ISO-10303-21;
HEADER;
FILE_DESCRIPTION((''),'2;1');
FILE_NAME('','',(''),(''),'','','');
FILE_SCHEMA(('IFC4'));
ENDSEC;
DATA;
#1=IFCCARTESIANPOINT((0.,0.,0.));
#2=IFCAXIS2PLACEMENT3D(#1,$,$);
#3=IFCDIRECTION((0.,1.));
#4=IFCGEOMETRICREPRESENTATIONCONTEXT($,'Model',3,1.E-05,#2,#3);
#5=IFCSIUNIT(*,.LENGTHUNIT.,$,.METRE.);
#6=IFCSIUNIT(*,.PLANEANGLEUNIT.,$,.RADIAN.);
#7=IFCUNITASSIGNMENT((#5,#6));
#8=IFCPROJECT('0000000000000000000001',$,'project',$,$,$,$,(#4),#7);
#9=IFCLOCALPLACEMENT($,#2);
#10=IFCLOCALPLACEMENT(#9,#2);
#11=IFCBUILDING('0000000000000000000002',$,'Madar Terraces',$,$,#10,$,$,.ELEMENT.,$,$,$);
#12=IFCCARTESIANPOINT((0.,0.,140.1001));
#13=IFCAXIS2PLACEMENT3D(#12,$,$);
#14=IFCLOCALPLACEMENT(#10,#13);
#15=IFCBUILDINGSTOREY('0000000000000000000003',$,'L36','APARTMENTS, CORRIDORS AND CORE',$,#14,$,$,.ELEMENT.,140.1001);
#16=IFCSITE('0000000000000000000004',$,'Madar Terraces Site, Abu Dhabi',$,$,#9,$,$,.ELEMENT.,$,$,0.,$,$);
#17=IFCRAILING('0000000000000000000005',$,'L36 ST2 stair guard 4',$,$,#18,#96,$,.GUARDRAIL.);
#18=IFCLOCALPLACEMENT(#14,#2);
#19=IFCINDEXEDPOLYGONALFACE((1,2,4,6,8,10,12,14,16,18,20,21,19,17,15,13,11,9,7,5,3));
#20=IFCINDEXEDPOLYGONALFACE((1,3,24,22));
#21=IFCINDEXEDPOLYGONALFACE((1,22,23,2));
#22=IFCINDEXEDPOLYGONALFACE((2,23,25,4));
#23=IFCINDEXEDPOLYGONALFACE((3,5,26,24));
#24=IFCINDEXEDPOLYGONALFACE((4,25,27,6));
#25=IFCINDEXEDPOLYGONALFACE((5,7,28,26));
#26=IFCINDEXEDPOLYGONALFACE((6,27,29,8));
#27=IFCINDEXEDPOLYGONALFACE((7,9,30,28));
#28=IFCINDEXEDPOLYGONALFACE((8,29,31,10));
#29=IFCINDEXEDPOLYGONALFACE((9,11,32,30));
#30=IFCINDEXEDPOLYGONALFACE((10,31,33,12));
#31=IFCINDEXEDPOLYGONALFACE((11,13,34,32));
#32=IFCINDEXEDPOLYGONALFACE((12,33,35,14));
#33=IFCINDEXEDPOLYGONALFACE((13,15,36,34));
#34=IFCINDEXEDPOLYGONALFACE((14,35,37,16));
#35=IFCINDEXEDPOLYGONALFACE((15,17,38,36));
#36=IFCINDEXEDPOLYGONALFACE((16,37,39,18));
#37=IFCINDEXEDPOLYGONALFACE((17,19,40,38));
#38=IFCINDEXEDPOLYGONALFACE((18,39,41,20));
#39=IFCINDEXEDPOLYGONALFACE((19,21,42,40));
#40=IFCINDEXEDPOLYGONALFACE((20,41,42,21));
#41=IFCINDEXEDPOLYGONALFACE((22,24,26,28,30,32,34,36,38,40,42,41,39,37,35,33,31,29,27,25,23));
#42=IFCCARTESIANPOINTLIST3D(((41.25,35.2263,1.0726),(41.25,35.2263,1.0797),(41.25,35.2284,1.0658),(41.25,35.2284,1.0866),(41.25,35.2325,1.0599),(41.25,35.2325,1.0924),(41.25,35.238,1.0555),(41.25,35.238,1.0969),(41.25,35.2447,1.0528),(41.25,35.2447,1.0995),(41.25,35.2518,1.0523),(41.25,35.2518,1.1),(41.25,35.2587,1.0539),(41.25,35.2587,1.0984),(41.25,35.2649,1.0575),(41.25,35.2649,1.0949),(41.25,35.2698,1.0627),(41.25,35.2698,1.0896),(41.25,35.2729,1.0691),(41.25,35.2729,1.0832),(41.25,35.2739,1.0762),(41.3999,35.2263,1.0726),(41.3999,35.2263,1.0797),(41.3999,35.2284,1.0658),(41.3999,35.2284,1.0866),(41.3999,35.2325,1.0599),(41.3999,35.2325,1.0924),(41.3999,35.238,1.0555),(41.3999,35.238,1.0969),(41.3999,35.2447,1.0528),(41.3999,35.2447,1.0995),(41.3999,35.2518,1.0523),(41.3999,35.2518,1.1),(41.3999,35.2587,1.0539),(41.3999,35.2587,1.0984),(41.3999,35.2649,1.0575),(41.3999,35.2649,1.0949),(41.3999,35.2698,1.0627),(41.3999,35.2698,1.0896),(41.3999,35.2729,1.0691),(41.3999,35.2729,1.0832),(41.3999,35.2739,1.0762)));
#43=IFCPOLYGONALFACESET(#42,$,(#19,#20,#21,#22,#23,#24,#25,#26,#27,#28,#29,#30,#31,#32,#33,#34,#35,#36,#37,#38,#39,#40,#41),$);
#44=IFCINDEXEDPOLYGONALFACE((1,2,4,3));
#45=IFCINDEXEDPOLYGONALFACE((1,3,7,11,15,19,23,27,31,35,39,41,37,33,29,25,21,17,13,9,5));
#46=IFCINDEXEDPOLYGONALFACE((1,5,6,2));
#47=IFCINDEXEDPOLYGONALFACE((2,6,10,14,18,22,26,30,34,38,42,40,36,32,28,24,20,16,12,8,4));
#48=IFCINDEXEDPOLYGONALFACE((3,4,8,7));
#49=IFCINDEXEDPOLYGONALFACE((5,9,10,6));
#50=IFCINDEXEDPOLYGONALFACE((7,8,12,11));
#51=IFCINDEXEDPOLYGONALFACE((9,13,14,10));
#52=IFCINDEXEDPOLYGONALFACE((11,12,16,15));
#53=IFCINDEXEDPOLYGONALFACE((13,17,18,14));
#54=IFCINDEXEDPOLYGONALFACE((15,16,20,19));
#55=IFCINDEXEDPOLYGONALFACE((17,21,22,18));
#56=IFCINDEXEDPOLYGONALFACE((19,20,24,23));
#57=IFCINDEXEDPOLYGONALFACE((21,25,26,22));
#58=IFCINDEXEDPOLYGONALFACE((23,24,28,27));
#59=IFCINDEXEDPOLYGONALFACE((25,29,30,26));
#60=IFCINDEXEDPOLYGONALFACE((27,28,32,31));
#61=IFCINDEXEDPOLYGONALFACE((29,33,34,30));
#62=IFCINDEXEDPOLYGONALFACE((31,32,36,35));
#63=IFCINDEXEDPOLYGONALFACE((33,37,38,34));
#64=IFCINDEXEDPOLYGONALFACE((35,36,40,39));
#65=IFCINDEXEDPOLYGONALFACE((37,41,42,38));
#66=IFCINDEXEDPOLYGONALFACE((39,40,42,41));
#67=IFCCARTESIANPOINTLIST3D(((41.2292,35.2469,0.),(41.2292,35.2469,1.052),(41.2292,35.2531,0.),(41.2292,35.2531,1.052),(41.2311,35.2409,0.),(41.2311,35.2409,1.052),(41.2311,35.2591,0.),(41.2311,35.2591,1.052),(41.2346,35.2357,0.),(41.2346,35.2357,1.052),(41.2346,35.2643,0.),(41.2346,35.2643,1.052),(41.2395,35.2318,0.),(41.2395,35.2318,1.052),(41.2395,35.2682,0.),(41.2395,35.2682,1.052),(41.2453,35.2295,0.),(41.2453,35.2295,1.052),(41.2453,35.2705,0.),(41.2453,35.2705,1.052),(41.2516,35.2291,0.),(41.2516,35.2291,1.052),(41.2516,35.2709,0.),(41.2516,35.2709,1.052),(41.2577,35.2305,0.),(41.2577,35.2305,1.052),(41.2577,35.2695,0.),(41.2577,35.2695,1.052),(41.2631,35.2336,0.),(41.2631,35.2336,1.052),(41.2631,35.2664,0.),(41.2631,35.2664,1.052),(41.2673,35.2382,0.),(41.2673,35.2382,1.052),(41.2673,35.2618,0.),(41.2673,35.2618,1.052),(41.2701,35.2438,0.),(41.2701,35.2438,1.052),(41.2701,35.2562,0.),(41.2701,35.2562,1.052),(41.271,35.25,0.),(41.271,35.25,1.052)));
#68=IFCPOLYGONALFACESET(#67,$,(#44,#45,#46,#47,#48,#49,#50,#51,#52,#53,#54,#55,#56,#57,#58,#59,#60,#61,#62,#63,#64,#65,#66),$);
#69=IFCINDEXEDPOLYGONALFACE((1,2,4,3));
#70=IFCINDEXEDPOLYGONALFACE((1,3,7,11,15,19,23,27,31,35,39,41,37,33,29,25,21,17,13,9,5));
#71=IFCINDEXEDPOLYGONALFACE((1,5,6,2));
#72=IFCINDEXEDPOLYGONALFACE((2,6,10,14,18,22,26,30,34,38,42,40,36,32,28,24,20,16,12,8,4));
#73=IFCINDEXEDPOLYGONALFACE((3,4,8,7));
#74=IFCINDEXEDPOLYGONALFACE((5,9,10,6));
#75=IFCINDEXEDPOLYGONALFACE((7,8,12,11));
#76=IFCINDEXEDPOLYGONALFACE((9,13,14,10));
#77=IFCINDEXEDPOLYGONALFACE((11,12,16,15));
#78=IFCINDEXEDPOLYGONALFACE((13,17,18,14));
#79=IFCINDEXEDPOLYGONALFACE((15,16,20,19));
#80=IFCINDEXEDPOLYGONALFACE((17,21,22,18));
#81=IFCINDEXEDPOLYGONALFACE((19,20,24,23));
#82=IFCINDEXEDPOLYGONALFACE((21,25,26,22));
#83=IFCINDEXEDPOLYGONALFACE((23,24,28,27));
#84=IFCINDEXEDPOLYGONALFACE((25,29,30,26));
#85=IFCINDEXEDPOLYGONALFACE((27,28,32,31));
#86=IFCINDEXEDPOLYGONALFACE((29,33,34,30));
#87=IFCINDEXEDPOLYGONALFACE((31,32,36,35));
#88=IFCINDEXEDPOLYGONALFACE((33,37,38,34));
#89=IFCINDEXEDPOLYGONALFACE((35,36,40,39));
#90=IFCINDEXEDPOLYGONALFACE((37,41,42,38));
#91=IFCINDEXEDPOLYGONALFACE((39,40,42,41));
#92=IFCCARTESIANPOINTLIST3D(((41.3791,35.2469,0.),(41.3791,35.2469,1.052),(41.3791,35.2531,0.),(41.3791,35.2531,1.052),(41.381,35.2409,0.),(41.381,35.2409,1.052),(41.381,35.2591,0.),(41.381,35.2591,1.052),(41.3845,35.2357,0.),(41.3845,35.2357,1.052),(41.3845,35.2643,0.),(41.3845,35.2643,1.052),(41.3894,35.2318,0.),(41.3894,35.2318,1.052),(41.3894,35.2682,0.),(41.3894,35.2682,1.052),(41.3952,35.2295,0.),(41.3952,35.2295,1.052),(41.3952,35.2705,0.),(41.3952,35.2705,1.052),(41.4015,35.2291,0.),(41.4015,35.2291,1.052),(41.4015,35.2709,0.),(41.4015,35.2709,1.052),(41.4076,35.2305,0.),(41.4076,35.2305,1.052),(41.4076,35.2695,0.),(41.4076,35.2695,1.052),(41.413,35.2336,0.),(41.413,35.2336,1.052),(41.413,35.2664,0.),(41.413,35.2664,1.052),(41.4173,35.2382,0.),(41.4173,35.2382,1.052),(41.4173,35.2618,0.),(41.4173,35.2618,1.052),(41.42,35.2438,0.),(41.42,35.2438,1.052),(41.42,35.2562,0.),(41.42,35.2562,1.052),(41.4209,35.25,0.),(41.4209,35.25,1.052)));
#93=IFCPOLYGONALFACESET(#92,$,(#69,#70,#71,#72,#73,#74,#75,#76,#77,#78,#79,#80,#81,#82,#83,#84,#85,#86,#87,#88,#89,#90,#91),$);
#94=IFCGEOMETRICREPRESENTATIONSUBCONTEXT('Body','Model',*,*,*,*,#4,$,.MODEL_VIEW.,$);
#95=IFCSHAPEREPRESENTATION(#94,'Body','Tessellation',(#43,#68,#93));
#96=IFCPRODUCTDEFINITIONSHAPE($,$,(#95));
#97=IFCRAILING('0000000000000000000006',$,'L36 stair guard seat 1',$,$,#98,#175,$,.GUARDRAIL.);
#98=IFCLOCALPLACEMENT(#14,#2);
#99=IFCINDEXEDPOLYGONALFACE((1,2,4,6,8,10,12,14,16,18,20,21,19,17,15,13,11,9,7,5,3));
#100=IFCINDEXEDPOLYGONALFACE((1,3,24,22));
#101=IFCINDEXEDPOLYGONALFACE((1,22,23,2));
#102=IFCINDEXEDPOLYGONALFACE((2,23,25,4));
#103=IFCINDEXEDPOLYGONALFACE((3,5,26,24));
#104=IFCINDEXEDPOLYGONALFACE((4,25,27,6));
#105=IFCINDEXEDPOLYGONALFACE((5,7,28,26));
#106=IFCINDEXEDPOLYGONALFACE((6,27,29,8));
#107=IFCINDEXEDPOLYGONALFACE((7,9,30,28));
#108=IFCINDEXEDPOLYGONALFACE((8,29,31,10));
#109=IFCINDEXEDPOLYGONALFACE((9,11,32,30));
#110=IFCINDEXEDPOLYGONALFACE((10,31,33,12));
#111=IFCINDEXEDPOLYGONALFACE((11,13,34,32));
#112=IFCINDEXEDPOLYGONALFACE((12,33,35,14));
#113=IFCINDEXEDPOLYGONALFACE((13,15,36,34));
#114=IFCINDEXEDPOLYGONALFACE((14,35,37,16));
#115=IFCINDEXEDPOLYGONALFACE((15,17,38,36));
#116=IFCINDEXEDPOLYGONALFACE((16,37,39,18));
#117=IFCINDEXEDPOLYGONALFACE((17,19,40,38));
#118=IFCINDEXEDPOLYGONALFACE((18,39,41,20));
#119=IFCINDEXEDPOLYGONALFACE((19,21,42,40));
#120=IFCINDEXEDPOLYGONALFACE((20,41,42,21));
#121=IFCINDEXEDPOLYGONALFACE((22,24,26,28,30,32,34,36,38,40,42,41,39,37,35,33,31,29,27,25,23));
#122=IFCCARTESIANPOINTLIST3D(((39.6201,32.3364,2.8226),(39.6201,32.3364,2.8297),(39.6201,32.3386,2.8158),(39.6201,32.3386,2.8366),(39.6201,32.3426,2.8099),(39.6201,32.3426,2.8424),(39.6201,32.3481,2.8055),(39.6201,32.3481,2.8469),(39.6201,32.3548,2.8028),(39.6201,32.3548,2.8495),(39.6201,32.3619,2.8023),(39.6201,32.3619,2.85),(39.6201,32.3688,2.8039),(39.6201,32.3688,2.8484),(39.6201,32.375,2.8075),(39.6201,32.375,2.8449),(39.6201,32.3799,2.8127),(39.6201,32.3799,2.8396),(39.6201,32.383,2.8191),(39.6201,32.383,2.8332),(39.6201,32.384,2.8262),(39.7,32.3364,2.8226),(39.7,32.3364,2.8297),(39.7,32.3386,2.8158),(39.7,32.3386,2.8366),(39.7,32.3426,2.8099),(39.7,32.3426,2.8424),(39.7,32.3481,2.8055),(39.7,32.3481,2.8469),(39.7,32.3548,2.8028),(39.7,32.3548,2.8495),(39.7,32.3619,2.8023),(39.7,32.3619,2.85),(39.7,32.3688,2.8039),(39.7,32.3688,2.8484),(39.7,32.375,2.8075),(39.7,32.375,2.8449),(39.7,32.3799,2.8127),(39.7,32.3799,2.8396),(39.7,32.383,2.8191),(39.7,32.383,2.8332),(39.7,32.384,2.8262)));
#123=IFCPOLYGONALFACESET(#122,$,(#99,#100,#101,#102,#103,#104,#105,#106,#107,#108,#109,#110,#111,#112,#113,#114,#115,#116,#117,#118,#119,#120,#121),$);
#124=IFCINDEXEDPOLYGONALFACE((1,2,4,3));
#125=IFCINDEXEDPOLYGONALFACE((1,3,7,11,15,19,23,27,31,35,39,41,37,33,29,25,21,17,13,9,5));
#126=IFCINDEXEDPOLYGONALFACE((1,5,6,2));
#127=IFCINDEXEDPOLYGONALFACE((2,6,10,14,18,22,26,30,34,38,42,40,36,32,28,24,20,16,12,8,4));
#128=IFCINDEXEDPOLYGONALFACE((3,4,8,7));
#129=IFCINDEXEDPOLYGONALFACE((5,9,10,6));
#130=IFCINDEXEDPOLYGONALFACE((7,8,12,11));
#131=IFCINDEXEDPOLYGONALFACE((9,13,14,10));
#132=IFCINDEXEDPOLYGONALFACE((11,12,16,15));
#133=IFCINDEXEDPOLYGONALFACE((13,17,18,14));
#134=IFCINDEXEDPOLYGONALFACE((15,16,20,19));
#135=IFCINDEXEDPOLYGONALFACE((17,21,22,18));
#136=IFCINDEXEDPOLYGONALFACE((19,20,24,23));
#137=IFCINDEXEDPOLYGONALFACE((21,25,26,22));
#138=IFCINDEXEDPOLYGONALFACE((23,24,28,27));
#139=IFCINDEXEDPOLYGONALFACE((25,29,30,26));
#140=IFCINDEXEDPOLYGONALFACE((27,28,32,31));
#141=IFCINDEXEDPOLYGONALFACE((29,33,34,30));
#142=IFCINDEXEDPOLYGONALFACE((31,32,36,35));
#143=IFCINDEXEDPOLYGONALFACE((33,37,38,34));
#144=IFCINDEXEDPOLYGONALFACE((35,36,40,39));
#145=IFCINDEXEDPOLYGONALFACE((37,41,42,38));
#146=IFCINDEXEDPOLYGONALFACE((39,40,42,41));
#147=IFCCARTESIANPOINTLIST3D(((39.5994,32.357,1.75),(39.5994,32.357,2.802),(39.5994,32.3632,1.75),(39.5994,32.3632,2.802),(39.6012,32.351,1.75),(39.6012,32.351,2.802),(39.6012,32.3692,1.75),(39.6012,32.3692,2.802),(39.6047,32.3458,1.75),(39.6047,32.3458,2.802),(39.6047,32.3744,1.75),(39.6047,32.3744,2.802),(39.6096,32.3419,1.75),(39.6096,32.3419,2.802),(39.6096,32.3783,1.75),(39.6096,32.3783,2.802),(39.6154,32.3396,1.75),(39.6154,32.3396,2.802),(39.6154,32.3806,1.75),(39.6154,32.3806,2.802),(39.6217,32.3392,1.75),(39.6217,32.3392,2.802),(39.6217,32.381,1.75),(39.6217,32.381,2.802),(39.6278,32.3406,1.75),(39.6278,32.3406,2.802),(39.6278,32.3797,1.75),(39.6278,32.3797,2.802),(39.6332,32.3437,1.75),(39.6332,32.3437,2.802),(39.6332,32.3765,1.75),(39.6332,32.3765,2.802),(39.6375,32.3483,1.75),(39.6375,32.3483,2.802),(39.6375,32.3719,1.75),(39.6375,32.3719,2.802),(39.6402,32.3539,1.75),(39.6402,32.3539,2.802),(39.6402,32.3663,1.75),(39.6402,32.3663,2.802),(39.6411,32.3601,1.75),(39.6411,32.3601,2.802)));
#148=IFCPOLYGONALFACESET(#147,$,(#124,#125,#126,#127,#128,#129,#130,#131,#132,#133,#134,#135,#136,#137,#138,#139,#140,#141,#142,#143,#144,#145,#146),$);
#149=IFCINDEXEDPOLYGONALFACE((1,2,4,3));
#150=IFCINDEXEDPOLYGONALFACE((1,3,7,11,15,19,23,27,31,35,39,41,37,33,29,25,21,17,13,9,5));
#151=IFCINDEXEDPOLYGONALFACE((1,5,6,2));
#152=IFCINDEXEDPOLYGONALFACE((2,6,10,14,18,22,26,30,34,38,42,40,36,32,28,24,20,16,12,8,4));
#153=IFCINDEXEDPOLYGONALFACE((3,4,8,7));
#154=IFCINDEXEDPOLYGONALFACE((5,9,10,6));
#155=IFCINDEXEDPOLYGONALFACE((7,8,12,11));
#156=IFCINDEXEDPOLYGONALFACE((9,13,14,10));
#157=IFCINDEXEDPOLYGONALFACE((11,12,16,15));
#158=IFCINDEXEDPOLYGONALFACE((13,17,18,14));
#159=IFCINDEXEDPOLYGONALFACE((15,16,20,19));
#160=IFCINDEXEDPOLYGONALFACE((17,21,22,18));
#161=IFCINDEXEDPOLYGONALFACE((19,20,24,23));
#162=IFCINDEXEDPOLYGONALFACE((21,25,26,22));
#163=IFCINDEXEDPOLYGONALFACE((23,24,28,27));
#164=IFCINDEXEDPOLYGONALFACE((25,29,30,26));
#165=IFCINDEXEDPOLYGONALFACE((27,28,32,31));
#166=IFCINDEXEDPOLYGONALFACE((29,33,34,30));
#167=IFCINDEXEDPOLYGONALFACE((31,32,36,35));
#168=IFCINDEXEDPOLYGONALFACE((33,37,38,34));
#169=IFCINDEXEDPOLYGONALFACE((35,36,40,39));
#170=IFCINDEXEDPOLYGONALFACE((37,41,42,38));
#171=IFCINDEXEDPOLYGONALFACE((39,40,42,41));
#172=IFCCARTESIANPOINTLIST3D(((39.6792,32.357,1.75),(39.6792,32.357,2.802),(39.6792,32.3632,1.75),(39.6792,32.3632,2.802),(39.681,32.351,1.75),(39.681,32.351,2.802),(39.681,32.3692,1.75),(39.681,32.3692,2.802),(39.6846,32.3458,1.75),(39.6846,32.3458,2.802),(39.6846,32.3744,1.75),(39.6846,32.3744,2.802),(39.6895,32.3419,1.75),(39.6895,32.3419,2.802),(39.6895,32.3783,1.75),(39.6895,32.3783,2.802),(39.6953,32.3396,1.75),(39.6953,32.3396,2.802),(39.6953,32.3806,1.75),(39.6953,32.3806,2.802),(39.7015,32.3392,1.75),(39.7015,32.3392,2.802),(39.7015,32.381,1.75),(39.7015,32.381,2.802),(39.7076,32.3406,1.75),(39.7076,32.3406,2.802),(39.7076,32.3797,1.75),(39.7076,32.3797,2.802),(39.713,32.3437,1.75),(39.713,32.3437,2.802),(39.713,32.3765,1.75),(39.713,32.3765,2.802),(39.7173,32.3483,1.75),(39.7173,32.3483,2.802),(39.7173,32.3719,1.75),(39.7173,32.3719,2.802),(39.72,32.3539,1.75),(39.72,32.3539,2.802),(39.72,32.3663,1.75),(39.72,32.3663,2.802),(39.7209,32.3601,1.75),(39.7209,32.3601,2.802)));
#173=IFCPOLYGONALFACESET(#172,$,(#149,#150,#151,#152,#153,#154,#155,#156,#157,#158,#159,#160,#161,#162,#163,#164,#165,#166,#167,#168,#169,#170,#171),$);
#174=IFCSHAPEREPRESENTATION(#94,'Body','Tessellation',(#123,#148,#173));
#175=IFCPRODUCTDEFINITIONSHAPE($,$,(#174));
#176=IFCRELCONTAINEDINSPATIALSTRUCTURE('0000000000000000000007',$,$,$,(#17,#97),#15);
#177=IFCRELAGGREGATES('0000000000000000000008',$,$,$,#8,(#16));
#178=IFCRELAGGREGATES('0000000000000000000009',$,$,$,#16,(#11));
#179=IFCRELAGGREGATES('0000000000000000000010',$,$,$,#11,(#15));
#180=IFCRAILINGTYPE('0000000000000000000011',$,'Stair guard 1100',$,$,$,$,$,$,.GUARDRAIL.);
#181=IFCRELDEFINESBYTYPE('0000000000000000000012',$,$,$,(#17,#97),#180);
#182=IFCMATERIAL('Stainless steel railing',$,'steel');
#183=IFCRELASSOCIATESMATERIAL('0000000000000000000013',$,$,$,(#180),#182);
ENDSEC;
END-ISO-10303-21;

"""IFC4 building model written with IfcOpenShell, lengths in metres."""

from ifc_helpers import new_model, si_unit, direction, frame, origin, origin_2d, place, context, subcontext, project, spatial, circle, extrude, material, type_object, element, save


model = new_model("IFC4")

# Units and contexts
model_context = context("Model", 3, precision=1e-05, world=origin(), true_north=direction((0.0, 1.0)))
body_context = subcontext(model_context, "Body", "Model", "MODEL_VIEW")
ifc_project = project(units=[si_unit("LENGTHUNIT", "METRE"), si_unit("PLANEANGLEUNIT", "RADIAN")], contexts=[model_context])

# Site, building, storey
site_placement = place(None, origin())
site = spatial("IfcSite", under=ifc_project, at=site_placement, Name="Madar Terraces Site, Abu Dhabi", CompositionType="ELEMENT", RefElevation=0.0)
building_placement = place(site_placement, origin())
building = spatial("IfcBuilding", under=site, at=building_placement, Name="Madar Terraces", CompositionType="ELEMENT")
storey_placement = place(building_placement, frame((0.0, 0.0, 140.1001)))
storey = spatial("IfcBuildingStorey", under=building, at=storey_placement, Name="L36", Description="APARTMENTS, CORRIDORS AND CORE", CompositionType="ELEMENT", Elevation=140.1001)

# Railings
ifc_material_1 = material(Name="Stainless steel railing", Category="steel")
railing_type_1 = type_object("IfcRailingType", Name="Stair guard 1100", PredefinedType="GUARDRAIL", material=ifc_material_1)
railing_1_placement = place(storey_placement, frame((41.25, 35.25, 0.0)))
element("IfcRailing", 1, at=railing_1_placement, inside=storey, type_object=railing_type_1, Name="L36 ST2 stair guard 4", PredefinedType="GUARDRAIL", context=body_context, shape_type="SweptSolid", body=[
    extrude(circle(Radius=0.0239, at=origin_2d()), frame((0.0, 0.0, 1.0762), z_axis=(1.0, 0.0, 0.0), x_axis=(0.0, 1.0, 0.0)), (0.0, 0.0, 1.0), 0.1499),
    extrude(circle(Radius=0.021, at=origin_2d()), origin(), (0.0, 0.0, 1.0), 1.052),
    extrude(circle(Radius=0.021, at=origin_2d()), frame((0.1499, 0.0, 0.0)), (0.0, 0.0, 1.0), 1.052),
])
railing_2_placement = place(storey_placement, frame((39.6201, 32.3601, 1.75)))
element("IfcRailing", 2, at=railing_2_placement, inside=storey, type_object=railing_type_1, Name="L36 stair guard seat 1", PredefinedType="GUARDRAIL", context=body_context, shape_type="SweptSolid", body=[
    extrude(circle(Radius=0.0239, at=origin_2d()), frame((0.0, 0.0, 1.0762), z_axis=(1.0, 0.0, 0.0), x_axis=(0.0, 1.0, 0.0)), (0.0, 0.0, 1.0), 0.0798),
    extrude(circle(Radius=0.021, at=origin_2d()), origin(), (0.0, 0.0, 1.0), 1.052),
    extrude(circle(Radius=0.021, at=origin_2d()), frame((0.0798, 0.0, 0.0)), (0.0, 0.0, 1.0), 1.052),
])

save(model, "model.ifc")
